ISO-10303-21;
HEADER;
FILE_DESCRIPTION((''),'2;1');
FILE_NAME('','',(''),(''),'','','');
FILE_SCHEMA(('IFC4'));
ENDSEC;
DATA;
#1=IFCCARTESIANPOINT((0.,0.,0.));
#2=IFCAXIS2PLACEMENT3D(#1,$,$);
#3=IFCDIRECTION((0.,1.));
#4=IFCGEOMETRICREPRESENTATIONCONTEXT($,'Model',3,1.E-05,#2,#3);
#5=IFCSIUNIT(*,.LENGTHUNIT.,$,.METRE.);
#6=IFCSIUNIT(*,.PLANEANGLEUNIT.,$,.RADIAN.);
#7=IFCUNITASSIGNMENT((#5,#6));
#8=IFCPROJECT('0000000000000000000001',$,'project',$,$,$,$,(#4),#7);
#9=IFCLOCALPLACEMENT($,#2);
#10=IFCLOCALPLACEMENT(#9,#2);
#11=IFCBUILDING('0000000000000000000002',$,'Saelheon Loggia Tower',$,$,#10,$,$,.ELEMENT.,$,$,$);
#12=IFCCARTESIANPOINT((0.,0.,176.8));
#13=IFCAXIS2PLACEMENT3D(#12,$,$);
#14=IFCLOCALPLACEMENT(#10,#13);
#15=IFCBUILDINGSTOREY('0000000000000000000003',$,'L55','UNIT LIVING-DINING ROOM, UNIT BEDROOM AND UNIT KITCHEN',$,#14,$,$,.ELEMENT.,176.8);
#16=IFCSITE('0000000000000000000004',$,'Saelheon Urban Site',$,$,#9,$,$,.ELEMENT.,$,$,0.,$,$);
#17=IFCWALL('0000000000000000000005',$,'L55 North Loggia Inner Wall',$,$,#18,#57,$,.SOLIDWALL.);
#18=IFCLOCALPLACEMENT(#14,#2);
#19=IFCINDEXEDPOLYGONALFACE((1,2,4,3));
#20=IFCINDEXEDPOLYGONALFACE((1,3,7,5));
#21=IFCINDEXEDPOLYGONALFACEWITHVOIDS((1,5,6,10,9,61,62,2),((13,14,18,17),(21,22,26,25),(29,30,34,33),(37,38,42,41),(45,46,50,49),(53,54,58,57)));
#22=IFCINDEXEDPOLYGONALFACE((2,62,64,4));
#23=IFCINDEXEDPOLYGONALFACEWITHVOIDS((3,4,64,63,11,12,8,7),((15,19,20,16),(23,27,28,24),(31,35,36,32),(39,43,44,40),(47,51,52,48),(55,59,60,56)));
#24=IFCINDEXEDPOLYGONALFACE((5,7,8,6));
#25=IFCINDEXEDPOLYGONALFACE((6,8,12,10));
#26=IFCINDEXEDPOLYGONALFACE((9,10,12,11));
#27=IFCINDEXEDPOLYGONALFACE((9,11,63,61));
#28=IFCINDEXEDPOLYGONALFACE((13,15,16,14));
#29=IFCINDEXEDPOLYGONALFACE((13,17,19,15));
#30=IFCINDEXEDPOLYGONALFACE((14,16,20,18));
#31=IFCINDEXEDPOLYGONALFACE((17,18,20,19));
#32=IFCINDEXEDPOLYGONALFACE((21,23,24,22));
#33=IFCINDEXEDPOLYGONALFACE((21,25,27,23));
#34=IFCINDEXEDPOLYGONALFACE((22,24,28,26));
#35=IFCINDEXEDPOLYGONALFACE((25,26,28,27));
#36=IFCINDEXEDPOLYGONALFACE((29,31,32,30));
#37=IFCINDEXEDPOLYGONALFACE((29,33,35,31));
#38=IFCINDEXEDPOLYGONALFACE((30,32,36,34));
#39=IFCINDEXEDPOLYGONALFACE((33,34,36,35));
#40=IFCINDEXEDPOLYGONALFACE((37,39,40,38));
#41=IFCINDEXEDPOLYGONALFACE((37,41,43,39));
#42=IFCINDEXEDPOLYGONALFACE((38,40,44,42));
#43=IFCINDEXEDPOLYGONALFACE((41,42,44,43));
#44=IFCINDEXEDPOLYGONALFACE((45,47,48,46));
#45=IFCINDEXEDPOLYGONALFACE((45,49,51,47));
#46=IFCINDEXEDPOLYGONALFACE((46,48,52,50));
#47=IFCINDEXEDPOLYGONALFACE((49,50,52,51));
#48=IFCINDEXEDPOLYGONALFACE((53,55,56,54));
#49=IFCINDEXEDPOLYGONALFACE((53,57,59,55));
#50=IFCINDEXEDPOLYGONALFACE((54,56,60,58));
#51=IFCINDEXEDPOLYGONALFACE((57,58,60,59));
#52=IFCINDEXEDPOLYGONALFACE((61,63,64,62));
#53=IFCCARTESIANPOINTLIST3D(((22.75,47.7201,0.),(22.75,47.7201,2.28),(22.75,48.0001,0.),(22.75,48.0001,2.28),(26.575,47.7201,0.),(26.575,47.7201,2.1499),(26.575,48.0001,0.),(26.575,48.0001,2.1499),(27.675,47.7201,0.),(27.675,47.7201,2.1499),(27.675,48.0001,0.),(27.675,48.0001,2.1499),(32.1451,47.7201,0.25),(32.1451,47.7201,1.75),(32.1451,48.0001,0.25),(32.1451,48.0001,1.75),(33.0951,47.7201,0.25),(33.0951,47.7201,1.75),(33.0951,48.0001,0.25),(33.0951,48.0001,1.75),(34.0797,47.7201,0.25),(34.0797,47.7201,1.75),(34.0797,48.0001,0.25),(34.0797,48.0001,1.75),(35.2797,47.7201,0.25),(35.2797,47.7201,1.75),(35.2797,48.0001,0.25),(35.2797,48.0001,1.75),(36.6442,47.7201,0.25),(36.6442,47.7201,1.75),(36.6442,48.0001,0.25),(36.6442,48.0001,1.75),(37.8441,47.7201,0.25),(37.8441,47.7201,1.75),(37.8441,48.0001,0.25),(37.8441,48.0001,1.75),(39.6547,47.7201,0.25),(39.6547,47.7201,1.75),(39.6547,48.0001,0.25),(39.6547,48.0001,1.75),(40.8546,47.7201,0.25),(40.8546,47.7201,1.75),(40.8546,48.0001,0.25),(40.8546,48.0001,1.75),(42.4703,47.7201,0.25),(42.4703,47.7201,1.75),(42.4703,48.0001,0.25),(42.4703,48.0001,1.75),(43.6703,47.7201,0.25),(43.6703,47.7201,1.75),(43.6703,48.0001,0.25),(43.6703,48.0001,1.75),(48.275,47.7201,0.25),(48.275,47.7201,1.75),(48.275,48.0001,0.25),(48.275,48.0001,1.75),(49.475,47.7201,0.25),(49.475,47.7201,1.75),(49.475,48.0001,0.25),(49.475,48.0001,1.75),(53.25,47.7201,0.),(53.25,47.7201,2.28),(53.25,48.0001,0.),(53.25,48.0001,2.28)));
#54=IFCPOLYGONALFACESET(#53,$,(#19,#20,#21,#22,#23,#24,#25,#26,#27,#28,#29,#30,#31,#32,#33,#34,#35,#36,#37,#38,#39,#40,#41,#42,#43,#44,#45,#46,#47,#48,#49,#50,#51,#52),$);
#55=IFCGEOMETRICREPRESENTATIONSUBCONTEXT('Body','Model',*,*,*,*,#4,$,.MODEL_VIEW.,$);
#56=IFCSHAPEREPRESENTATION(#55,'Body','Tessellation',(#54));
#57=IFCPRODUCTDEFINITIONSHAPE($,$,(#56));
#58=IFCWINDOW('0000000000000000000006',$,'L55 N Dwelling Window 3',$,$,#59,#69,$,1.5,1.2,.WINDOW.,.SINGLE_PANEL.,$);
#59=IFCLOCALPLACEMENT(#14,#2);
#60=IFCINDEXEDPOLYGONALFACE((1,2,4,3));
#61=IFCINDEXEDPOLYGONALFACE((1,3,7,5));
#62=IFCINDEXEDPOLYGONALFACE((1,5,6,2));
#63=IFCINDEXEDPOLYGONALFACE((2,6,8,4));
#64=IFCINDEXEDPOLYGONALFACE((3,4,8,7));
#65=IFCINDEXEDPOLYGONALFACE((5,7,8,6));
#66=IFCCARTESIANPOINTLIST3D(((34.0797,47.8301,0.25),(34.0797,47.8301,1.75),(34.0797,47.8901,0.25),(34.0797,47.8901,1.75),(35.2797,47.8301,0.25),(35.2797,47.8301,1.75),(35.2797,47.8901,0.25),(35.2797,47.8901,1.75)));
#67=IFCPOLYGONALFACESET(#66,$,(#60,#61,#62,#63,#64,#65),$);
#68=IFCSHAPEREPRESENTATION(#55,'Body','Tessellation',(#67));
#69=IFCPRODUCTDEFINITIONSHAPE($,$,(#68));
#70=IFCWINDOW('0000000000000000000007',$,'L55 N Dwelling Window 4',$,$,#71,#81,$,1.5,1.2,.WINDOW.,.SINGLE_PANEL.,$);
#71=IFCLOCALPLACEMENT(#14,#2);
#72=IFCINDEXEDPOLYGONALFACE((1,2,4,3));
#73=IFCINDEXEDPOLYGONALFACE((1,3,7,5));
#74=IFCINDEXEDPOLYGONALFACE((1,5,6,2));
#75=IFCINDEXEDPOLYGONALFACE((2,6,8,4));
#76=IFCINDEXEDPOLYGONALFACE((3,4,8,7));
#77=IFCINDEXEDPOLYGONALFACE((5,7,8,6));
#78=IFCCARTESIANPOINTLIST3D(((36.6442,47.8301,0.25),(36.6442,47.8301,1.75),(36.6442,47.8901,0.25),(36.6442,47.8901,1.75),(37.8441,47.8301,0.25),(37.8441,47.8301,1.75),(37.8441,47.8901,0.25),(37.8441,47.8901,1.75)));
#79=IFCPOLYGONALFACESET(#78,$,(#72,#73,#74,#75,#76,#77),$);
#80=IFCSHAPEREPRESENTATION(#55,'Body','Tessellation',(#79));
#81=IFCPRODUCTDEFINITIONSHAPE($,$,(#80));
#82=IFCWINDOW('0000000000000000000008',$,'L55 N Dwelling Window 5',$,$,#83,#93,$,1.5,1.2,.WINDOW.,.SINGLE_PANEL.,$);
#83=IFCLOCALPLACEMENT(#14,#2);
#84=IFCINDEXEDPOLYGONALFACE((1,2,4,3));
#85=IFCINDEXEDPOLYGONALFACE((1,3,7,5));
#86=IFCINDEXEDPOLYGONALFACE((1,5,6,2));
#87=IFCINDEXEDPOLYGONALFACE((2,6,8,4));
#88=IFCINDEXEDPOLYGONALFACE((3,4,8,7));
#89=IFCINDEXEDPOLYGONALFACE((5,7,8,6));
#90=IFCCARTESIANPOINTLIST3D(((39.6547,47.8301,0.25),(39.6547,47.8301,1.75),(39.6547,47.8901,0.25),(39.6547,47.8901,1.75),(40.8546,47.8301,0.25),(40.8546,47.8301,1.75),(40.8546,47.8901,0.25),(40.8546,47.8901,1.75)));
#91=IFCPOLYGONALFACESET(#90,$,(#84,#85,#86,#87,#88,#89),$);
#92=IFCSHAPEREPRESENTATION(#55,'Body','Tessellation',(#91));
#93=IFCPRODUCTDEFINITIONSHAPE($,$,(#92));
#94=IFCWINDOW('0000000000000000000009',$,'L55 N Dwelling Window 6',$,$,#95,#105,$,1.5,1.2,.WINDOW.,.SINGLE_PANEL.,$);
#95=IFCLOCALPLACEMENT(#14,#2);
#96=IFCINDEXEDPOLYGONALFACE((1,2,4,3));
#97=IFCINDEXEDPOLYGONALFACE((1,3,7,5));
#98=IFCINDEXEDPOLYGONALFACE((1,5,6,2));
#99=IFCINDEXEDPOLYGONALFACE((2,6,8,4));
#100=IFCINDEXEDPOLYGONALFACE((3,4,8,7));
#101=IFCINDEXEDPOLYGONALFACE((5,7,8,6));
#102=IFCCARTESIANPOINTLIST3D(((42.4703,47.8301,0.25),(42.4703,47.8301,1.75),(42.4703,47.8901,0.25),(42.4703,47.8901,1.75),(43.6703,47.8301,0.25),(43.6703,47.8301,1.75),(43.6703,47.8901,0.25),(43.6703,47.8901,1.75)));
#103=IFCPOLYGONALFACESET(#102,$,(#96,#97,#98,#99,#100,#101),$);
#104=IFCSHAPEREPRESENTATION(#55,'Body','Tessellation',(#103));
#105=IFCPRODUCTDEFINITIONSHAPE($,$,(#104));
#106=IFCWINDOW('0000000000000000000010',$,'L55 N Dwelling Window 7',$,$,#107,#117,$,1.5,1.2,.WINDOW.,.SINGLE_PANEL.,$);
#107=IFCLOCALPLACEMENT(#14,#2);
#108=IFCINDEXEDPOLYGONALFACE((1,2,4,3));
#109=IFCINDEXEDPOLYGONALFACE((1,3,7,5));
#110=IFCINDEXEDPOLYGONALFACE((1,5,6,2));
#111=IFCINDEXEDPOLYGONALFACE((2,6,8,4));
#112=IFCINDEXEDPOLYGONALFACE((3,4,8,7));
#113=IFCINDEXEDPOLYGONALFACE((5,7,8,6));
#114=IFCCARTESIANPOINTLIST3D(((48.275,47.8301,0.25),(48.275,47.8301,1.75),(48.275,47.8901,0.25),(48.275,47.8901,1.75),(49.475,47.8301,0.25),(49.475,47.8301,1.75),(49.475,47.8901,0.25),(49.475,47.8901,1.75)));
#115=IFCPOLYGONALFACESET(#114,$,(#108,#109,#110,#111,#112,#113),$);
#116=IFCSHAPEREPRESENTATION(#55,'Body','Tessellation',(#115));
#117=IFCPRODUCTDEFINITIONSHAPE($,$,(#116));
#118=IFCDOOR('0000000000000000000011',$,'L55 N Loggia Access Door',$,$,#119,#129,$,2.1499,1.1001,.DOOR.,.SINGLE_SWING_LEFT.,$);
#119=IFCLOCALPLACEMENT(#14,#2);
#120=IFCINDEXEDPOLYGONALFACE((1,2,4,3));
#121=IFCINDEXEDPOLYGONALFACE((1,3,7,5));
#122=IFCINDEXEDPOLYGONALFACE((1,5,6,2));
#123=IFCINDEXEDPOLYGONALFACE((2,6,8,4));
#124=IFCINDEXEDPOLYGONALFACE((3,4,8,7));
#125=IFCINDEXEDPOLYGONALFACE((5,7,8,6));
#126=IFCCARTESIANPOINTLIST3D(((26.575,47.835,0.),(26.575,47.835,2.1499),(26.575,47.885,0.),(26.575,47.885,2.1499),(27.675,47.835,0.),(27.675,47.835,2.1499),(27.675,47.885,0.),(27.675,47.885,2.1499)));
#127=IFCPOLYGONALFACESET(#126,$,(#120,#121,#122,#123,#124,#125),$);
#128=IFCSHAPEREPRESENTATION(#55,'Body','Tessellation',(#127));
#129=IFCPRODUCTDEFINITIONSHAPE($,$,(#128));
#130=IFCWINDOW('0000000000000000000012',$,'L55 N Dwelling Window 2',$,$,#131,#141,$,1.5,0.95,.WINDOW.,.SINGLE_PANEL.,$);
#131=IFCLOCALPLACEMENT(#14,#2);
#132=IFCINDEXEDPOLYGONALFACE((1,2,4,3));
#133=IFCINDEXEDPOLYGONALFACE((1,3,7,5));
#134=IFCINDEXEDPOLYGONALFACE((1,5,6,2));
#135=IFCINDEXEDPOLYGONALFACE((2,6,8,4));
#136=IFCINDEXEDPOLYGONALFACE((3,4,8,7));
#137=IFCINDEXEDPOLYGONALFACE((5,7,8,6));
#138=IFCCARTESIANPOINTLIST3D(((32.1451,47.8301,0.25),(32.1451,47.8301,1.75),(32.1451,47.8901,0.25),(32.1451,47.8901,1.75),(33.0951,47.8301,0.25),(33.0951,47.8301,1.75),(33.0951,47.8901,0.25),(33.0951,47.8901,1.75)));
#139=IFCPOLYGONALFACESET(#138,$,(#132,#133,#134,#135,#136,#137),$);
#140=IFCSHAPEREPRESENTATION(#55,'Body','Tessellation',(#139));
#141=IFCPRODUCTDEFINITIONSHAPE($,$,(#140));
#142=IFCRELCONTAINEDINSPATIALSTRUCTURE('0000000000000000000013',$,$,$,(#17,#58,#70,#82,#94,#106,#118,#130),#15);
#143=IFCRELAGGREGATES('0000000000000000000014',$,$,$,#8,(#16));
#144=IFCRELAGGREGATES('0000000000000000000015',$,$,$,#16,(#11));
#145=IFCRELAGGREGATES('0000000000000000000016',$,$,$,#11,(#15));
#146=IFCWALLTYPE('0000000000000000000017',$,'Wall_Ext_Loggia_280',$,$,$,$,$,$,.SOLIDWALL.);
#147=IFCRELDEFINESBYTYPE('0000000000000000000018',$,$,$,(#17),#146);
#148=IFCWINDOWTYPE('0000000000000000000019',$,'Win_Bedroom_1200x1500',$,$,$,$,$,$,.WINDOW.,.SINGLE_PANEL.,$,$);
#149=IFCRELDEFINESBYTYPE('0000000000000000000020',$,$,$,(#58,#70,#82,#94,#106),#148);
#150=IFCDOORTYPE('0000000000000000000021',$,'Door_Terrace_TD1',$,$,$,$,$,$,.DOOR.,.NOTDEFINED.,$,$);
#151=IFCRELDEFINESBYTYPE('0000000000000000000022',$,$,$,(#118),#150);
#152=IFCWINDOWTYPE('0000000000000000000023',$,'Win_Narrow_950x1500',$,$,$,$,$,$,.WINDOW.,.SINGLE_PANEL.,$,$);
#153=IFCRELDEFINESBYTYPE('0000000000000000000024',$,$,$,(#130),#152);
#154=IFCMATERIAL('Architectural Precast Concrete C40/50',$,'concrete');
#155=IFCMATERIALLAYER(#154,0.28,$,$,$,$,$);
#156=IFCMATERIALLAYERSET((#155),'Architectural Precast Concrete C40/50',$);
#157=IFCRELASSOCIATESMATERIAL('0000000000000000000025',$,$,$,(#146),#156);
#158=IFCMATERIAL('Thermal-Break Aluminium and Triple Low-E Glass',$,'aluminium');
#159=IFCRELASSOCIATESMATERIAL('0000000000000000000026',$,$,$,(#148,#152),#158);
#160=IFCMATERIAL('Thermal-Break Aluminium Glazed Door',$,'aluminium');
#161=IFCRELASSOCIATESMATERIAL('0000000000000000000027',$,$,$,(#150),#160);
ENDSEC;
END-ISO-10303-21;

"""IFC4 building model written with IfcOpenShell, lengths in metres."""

from ifc_helpers import new_model, si_unit, direction, frame, frame_2d, origin, place, context, subcontext, project, spatial, rectangle, extrude, source, transform, mapped, material, layer, layer_set, type_object, element, fill, save


model = new_model("IFC4")

# Units and contexts
model_context = context("Model", 3, precision=1e-05, world=origin(), true_north=direction((0.0, 1.0)))
body_context = subcontext(model_context, "Body", "Model", "MODEL_VIEW")
ifc_project = project(units=[si_unit("LENGTHUNIT", "METRE"), si_unit("PLANEANGLEUNIT", "RADIAN")], contexts=[model_context])

# Site, building, storey
site_placement = place(None, origin())
site = spatial("IfcSite", under=ifc_project, at=site_placement, Name="Saelheon Urban Site", CompositionType="ELEMENT", RefElevation=0.0)
building_placement = place(site_placement, origin())
building = spatial("IfcBuilding", under=site, at=building_placement, Name="Saelheon Loggia Tower", CompositionType="ELEMENT")
storey_placement = place(building_placement, frame((0.0, 0.0, 176.8)))
storey = spatial("IfcBuildingStorey", under=building, at=storey_placement, Name="L55", Description="UNIT LIVING-DINING ROOM, UNIT BEDROOM AND UNIT KITCHEN", CompositionType="ELEMENT", Elevation=176.8)

# Wall, openings, windows, door
ifc_material_1 = material(Name="Architectural Precast Concrete C40/50", Category="concrete")
ifc_layer_1 = layer(ifc_material_1, 0.28)
ifc_layer_set_1 = layer_set([ifc_layer_1], Name="Architectural Precast Concrete C40/50")
wall_type = type_object("IfcWallType", Name="Wall_Ext_Loggia_280", PredefinedType="SOLIDWALL", material=ifc_layer_set_1)
wall_placement = place(storey_placement, frame((22.75, 47.8601, 0.0), z_axis=(0.0, 0.0, 1.0), x_axis=(1.0, 0.0, 0.0)))
wall = element("IfcWall", 1, at=wall_placement, inside=storey, type_object=wall_type, Name="L55 North Loggia Inner Wall", PredefinedType="SOLIDWALL", context=body_context, shape_type="SweptSolid", body=[
    extrude(rectangle(XDim=30.5, YDim=0.28, at=frame_2d((15.25, 0.0))), origin(), (0.0, 0.0, 1.0), 2.28),
])
opening_1_placement = place(wall_placement, frame((3.825, 0.0, 0.0)))
opening_1 = element("IfcOpeningElement", 2, at=opening_1_placement, cuts=wall, PredefinedType="OPENING", context=body_context, shape_type="SweptSolid", body=[
    extrude(rectangle(XDim=1.1001, YDim=2.1499, at=frame_2d((0.55, 1.075))), frame((0.0, 0.1521, 0.0), z_axis=(0.0, -1.0, 0.0), x_axis=(1.0, 0.0, 0.0)), (0.0, 0.0, 1.0), 0.304),
])
opening_2_placement = place(wall_placement, frame((9.395, 0.0, 0.25)))
opening_2 = element("IfcOpeningElement", 3, at=opening_2_placement, cuts=wall, PredefinedType="OPENING", context=body_context, shape_type="SweptSolid", body=[
    extrude(rectangle(XDim=0.95, YDim=1.5, at=frame_2d((0.4751, 0.75))), frame((0.0, 0.1521, 0.0), z_axis=(0.0, -1.0, 0.0), x_axis=(1.0, 0.0, 0.0)), (0.0, 0.0, 1.0), 0.304),
])
opening_3_placement = place(wall_placement, frame((11.3296, 0.0, 0.25)))
opening_3 = element("IfcOpeningElement", 4, at=opening_3_placement, cuts=wall, PredefinedType="OPENING", context=body_context, shape_type="SweptSolid", body=[
    extrude(rectangle(XDim=1.2, YDim=1.5, at=frame_2d((0.6001, 0.75))), frame((0.0, 0.1521, 0.0), z_axis=(0.0, -1.0, 0.0), x_axis=(1.0, 0.0, 0.0)), (0.0, 0.0, 1.0), 0.304),
])
opening_4_placement = place(wall_placement, frame((13.894, 0.0, 0.25)))
opening_4 = element("IfcOpeningElement", 5, at=opening_4_placement, cuts=wall, PredefinedType="OPENING", context=body_context, shape_type="SweptSolid", body=[
    extrude(rectangle(XDim=1.2, YDim=1.5, at=frame_2d((0.6001, 0.75))), frame((0.0, 0.1521, 0.0), z_axis=(0.0, -1.0, 0.0), x_axis=(1.0, 0.0, 0.0)), (0.0, 0.0, 1.0), 0.304),
])
opening_5_placement = place(wall_placement, frame((16.9045, 0.0, 0.25)))
opening_5 = element("IfcOpeningElement", 6, at=opening_5_placement, cuts=wall, PredefinedType="OPENING", context=body_context, shape_type="SweptSolid", body=[
    extrude(rectangle(XDim=1.2, YDim=1.5, at=frame_2d((0.6001, 0.75))), frame((0.0, 0.1521, 0.0), z_axis=(0.0, -1.0, 0.0), x_axis=(1.0, 0.0, 0.0)), (0.0, 0.0, 1.0), 0.304),
])
opening_6_placement = place(wall_placement, frame((19.7202, 0.0, 0.25)))
opening_6 = element("IfcOpeningElement", 7, at=opening_6_placement, cuts=wall, PredefinedType="OPENING", context=body_context, shape_type="SweptSolid", body=[
    extrude(rectangle(XDim=1.2, YDim=1.5, at=frame_2d((0.6001, 0.75))), frame((0.0, 0.1521, 0.0), z_axis=(0.0, -1.0, 0.0), x_axis=(1.0, 0.0, 0.0)), (0.0, 0.0, 1.0), 0.304),
])
opening_7_placement = place(wall_placement, frame((25.5249, 0.0, 0.25)))
opening_7 = element("IfcOpeningElement", 8, at=opening_7_placement, cuts=wall, PredefinedType="OPENING", context=body_context, shape_type="SweptSolid", body=[
    extrude(rectangle(XDim=1.2, YDim=1.5, at=frame_2d((0.6001, 0.75))), frame((0.0, 0.1521, 0.0), z_axis=(0.0, -1.0, 0.0), x_axis=(1.0, 0.0, 0.0)), (0.0, 0.0, 1.0), 0.304),
])
ifc_material_2 = material(Name="Thermal-Break Aluminium and Triple Low-E Glass", Category="aluminium")
window_type_1 = type_object("IfcWindowType", Name="Win_Bedroom_1200x1500", PartitioningType="SINGLE_PANEL", PredefinedType="WINDOW", material=ifc_material_2)
shared_shape_1 = source(origin(), body_context, "Body", "SweptSolid", [
    extrude(rectangle(XDim=1.2, YDim=1.5, at=frame_2d((0.6001, 0.75))), frame((0.0, 0.03, 0.0), z_axis=(0.0, -1.0, 0.0), x_axis=(1.0, 0.0, 0.0)), (0.0, 0.0, 1.0), 0.0601),
])
window_1_placement = place(opening_3_placement, origin())
window_1 = element("IfcWindow", 9, at=window_1_placement, inside=storey, type_object=window_type_1, Name="L55 N Dwelling Window 3", OverallHeight=1.5, OverallWidth=1.2, PartitioningType="SINGLE_PANEL", PredefinedType="WINDOW", context=body_context, shape_type="MappedRepresentation", body=[
    mapped(shared_shape_1, transform((0.0, 0.0, 0.0), scale=1.0)),
])
fill(opening_3, window_1)
window_2_placement = place(opening_4_placement, origin())
window_2 = element("IfcWindow", 10, at=window_2_placement, inside=storey, type_object=window_type_1, Name="L55 N Dwelling Window 4", OverallHeight=1.5, OverallWidth=1.2, PartitioningType="SINGLE_PANEL", PredefinedType="WINDOW", context=body_context, shape_type="MappedRepresentation", body=[
    mapped(shared_shape_1, transform((0.0, 0.0, 0.0), scale=1.0)),
])
fill(opening_4, window_2)
window_3_placement = place(opening_5_placement, origin())
window_3 = element("IfcWindow", 11, at=window_3_placement, inside=storey, type_object=window_type_1, Name="L55 N Dwelling Window 5", OverallHeight=1.5, OverallWidth=1.2, PartitioningType="SINGLE_PANEL", PredefinedType="WINDOW", context=body_context, shape_type="MappedRepresentation", body=[
    mapped(shared_shape_1, transform((0.0, 0.0, 0.0), scale=1.0)),
])
fill(opening_5, window_3)
window_4_placement = place(opening_6_placement, origin())
window_4 = element("IfcWindow", 12, at=window_4_placement, inside=storey, type_object=window_type_1, Name="L55 N Dwelling Window 6", OverallHeight=1.5, OverallWidth=1.2, PartitioningType="SINGLE_PANEL", PredefinedType="WINDOW", context=body_context, shape_type="MappedRepresentation", body=[
    mapped(shared_shape_1, transform((0.0, 0.0, 0.0), scale=1.0)),
])
fill(opening_6, window_4)
window_5_placement = place(opening_7_placement, origin())
window_5 = element("IfcWindow", 13, at=window_5_placement, inside=storey, type_object=window_type_1, Name="L55 N Dwelling Window 7", OverallHeight=1.5, OverallWidth=1.2, PartitioningType="SINGLE_PANEL", PredefinedType="WINDOW", context=body_context, shape_type="MappedRepresentation", body=[
    mapped(shared_shape_1, transform((0.0, 0.0, 0.0), scale=1.0)),
])
fill(opening_7, window_5)
ifc_material_3 = material(Name="Thermal-Break Aluminium Glazed Door", Category="aluminium")
door_type = type_object("IfcDoorType", Name="Door_Terrace_TD1", OperationType="NOTDEFINED", PredefinedType="DOOR", material=ifc_material_3)
shared_shape_2 = source(origin(), body_context, "Body", "SweptSolid", [
    extrude(rectangle(XDim=1.1001, YDim=2.1499, at=frame_2d((0.55, 1.075))), frame((0.0, 0.0249, 0.0), z_axis=(0.0, -1.0, 0.0), x_axis=(1.0, 0.0, 0.0)), (0.0, 0.0, 1.0), 0.05),
])
door_placement = place(opening_1_placement, origin())
door = element("IfcDoor", 14, at=door_placement, inside=storey, type_object=door_type, Name="L55 N Loggia Access Door", OperationType="SINGLE_SWING_LEFT", OverallHeight=2.1499, OverallWidth=1.1001, PredefinedType="DOOR", context=body_context, shape_type="MappedRepresentation", body=[
    mapped(shared_shape_2, transform((0.0, 0.0, 0.0), scale=1.0)),
])
fill(opening_1, door)
window_type_2 = type_object("IfcWindowType", Name="Win_Narrow_950x1500", PartitioningType="SINGLE_PANEL", PredefinedType="WINDOW", material=ifc_material_2)
shared_shape_3 = source(origin(), body_context, "Body", "SweptSolid", [
    extrude(rectangle(XDim=0.95, YDim=1.5, at=frame_2d((0.4751, 0.75))), frame((0.0, 0.03, 0.0), z_axis=(0.0, -1.0, 0.0), x_axis=(1.0, 0.0, 0.0)), (0.0, 0.0, 1.0), 0.0601),
])
window_6_placement = place(opening_2_placement, origin())
window_6 = element("IfcWindow", 15, at=window_6_placement, inside=storey, type_object=window_type_2, Name="L55 N Dwelling Window 2", OverallHeight=1.5, OverallWidth=0.95, PartitioningType="SINGLE_PANEL", PredefinedType="WINDOW", context=body_context, shape_type="MappedRepresentation", body=[
    mapped(shared_shape_3, transform((0.0, 0.0, 0.0), scale=1.0)),
])
fill(opening_2, window_6)

save(model, "model.ifc")
